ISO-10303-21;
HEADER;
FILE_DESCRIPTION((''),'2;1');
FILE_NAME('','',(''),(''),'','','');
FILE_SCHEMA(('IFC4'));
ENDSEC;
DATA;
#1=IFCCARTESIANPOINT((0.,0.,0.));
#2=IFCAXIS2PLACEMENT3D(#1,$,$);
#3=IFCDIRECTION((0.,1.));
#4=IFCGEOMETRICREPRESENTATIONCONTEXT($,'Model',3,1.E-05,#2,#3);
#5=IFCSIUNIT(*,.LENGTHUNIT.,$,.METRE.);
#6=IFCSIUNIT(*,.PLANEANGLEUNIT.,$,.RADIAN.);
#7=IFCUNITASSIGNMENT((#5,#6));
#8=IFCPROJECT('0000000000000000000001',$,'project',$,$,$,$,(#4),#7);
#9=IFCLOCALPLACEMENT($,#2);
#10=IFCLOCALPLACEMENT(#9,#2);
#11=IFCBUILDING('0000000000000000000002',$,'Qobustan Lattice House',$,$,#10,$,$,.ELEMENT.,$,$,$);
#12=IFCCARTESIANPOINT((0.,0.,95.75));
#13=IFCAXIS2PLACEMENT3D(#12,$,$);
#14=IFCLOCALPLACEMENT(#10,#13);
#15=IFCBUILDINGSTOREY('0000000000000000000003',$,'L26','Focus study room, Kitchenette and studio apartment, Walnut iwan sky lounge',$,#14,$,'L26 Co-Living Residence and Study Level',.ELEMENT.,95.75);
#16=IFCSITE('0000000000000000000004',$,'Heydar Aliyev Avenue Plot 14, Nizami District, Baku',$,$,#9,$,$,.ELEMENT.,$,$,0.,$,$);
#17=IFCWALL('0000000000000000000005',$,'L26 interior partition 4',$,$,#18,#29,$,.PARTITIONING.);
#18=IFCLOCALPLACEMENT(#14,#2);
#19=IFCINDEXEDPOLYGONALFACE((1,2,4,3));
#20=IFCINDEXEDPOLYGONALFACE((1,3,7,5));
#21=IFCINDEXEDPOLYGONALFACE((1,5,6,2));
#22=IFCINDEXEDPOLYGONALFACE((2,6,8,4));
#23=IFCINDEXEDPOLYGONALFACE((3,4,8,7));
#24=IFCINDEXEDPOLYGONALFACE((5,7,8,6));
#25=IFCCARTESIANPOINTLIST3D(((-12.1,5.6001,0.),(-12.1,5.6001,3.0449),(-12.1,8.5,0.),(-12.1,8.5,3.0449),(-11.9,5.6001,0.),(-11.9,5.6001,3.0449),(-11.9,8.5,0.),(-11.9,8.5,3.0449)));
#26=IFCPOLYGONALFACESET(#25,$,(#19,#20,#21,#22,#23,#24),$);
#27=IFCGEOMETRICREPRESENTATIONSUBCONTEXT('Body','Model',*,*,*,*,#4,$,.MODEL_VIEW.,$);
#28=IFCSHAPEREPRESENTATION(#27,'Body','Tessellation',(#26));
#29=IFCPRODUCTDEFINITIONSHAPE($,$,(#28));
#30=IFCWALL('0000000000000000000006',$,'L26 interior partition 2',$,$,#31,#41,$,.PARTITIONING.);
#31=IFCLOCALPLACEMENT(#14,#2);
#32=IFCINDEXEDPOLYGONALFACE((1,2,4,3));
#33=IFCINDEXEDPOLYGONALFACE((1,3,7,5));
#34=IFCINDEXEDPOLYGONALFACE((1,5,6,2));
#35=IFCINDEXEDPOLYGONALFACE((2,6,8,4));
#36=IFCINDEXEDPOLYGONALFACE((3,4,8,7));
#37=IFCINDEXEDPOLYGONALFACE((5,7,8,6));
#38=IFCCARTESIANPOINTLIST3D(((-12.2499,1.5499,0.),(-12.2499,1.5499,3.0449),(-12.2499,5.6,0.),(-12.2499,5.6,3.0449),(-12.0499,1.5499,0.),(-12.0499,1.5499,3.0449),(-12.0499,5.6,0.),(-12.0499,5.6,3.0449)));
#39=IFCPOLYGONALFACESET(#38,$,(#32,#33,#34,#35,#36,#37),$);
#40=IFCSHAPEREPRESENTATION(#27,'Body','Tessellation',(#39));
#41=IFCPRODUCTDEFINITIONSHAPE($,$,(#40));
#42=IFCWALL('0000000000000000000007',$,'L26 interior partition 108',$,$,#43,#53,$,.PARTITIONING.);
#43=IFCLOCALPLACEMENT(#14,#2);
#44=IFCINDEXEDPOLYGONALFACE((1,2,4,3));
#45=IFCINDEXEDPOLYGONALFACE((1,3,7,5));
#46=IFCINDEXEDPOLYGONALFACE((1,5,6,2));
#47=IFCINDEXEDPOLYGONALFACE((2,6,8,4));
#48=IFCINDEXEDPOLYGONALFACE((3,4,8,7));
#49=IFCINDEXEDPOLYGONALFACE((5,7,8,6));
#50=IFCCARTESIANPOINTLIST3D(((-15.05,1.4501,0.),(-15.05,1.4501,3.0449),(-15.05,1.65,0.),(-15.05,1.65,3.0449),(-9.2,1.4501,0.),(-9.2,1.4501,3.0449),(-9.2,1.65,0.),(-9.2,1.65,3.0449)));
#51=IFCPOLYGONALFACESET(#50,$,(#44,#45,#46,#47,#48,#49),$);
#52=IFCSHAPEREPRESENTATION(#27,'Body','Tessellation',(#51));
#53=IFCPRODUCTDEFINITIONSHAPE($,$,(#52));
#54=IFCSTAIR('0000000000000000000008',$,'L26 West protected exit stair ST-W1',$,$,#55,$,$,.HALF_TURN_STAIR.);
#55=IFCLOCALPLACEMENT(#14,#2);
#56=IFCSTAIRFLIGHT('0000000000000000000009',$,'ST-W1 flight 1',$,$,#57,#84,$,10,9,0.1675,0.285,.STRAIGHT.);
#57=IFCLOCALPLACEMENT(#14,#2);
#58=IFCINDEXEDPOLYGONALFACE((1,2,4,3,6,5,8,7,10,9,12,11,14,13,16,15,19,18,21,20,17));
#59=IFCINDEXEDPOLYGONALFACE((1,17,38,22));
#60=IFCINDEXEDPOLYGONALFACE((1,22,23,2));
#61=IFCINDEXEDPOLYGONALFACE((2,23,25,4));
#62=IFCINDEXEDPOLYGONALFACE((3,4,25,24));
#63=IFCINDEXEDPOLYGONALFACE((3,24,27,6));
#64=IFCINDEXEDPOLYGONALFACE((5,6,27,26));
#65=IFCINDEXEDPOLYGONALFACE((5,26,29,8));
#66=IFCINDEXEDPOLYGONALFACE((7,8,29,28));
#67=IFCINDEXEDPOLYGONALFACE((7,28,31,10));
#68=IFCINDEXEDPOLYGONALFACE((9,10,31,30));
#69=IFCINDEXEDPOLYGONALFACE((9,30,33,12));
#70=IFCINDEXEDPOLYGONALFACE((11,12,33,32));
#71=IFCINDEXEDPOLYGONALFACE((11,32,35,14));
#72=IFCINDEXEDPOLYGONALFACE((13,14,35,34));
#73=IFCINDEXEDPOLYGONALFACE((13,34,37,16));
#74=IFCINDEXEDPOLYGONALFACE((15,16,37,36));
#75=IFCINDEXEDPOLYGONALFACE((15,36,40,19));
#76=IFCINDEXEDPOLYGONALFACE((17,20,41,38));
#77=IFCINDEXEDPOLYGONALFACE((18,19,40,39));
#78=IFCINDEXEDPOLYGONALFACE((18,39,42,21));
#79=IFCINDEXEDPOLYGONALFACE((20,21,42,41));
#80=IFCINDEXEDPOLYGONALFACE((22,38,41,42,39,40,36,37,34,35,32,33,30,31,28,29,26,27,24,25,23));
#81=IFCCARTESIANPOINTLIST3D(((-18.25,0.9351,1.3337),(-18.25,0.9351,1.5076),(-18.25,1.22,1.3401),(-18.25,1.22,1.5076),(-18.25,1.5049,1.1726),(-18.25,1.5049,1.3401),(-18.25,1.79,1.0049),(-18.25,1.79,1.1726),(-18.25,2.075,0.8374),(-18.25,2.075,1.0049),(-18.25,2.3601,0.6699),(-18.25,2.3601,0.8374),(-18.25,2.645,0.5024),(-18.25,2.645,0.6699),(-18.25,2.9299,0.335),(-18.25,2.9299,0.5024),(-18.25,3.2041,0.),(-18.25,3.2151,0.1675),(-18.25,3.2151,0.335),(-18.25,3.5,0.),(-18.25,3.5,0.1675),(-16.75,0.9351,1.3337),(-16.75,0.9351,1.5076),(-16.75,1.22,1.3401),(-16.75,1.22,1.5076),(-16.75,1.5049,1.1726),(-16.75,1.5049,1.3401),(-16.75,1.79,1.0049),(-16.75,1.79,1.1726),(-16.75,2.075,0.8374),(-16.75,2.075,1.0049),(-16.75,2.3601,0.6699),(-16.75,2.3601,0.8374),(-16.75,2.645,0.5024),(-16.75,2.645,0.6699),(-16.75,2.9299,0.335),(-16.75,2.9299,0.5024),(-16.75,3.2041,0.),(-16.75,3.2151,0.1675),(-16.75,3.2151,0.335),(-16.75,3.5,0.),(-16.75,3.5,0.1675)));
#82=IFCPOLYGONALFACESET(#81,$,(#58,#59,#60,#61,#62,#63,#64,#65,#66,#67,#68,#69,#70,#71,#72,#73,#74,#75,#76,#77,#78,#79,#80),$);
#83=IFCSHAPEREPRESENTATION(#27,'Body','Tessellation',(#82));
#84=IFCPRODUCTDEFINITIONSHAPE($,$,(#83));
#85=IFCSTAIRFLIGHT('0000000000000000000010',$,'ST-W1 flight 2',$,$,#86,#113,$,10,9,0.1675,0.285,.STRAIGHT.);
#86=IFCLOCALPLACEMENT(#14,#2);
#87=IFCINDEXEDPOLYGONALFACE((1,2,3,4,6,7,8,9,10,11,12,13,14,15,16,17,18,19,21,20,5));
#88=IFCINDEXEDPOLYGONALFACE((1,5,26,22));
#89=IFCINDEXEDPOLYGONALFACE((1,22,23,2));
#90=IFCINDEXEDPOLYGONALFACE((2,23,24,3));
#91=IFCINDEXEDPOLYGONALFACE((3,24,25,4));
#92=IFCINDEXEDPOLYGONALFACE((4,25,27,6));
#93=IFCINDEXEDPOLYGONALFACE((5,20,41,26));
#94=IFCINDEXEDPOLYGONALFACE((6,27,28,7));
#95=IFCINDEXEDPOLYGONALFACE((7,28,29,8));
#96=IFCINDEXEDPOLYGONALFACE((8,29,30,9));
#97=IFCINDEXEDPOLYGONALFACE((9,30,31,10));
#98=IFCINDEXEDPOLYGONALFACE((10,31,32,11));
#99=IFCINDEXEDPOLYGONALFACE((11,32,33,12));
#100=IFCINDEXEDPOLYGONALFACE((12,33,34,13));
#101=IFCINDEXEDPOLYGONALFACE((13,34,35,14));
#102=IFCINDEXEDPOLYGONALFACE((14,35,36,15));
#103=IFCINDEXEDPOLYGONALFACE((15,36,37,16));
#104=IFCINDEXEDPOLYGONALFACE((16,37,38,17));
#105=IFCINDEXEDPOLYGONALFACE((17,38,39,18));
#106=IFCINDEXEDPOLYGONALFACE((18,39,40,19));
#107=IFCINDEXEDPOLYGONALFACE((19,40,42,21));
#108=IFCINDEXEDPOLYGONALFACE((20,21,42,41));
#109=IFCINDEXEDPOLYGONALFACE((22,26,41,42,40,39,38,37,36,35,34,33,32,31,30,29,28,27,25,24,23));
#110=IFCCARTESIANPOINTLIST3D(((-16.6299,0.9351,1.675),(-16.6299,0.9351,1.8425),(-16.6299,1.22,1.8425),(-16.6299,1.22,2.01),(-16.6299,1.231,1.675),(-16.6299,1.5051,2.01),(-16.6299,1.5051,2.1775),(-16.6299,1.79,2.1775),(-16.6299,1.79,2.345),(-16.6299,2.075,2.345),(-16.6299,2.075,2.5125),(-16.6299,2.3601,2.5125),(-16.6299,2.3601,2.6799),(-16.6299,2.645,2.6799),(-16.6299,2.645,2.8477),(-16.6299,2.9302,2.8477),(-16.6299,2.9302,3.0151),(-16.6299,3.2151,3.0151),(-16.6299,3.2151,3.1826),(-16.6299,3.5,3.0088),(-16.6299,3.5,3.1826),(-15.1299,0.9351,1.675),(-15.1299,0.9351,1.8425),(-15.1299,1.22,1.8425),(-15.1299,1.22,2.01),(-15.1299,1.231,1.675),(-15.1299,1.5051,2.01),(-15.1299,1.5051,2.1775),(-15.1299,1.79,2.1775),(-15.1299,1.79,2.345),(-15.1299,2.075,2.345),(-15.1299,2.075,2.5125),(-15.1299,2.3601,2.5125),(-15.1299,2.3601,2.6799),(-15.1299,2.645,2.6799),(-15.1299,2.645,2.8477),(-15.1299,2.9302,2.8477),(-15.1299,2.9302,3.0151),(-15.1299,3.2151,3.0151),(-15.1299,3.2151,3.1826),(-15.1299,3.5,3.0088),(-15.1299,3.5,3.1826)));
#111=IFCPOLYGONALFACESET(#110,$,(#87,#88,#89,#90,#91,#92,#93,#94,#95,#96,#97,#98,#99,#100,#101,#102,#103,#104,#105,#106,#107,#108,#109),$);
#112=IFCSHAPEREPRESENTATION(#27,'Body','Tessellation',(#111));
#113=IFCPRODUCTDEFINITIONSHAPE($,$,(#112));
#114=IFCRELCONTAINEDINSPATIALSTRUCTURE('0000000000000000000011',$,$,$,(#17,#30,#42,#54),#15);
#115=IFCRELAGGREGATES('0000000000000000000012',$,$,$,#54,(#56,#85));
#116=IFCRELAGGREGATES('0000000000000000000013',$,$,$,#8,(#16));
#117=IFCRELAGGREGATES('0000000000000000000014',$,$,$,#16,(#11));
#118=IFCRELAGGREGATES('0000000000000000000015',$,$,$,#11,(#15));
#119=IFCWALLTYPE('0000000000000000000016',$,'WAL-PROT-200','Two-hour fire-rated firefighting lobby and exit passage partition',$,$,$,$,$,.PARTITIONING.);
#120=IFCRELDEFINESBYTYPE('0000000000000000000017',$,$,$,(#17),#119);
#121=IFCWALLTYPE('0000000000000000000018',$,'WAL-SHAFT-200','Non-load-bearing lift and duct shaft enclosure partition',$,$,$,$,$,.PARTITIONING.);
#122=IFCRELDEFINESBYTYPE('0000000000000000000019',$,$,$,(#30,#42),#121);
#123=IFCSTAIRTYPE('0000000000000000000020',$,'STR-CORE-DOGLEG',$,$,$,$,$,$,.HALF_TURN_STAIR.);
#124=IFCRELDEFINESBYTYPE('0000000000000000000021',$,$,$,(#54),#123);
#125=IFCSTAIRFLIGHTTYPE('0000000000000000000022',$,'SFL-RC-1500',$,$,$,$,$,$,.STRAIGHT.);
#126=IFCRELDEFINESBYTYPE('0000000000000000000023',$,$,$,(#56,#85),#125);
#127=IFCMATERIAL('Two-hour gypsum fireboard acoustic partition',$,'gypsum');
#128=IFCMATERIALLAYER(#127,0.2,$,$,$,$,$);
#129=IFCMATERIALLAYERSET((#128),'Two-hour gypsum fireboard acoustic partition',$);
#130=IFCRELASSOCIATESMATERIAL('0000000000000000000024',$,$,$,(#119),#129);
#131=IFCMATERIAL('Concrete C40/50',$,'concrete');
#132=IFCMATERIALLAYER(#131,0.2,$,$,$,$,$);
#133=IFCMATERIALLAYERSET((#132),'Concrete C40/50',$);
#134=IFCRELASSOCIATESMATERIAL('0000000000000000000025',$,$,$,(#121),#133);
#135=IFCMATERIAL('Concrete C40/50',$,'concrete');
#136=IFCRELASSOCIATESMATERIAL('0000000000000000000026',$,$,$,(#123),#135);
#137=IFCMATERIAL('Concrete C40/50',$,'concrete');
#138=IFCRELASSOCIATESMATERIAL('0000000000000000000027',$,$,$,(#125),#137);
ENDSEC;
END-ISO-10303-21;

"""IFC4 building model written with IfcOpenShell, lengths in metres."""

from ifc_helpers import new_model, si_unit, direction, frame, frame_2d, origin, place, context, subcontext, project, spatial, polyline, rectangle, outline, extrude, material, layer, layer_set, type_object, element, aggregate, save


model = new_model("IFC4")

# Units and contexts
model_context = context("Model", 3, precision=1e-05, world=origin(), true_north=direction((0.0, 1.0)))
body_context = subcontext(model_context, "Body", "Model", "MODEL_VIEW")
ifc_project = project(units=[si_unit("LENGTHUNIT", "METRE"), si_unit("PLANEANGLEUNIT", "RADIAN")], contexts=[model_context])

# Site, building, storey
site_placement = place(None, origin())
site = spatial("IfcSite", under=ifc_project, at=site_placement, Name="Heydar Aliyev Avenue Plot 14, Nizami District, Baku", CompositionType="ELEMENT", RefElevation=0.0)
building_placement = place(site_placement, origin())
building = spatial("IfcBuilding", under=site, at=building_placement, Name="Qobustan Lattice House", CompositionType="ELEMENT")
storey_placement = place(building_placement, frame((0.0, 0.0, 95.75)))
storey = spatial("IfcBuildingStorey", under=building, at=storey_placement, Name="L26", Description="Focus study room, Kitchenette and studio apartment, Walnut iwan sky lounge", LongName="L26 Co-Living Residence and Study Level", CompositionType="ELEMENT", Elevation=95.75)

# Shared definitions
ifc_material_1 = material(Name="Two-hour gypsum fireboard acoustic partition", Category="gypsum")
ifc_layer_1 = layer(ifc_material_1, 0.2)
ifc_layer_set_1 = layer_set([ifc_layer_1], Name="Two-hour gypsum fireboard acoustic partition")
wall_type_1 = type_object("IfcWallType", Name="WAL-PROT-200", Description="Two-hour fire-rated firefighting lobby and exit passage partition", PredefinedType="PARTITIONING", material=ifc_layer_set_1)

# Walls
wall_1_placement = place(storey_placement, frame((-12.0, 5.6001, 0.0), z_axis=(0.0, 0.0, 1.0), x_axis=(0.0, 1.0, 0.0)))
element("IfcWall", 1, at=wall_1_placement, inside=storey, type_object=wall_type_1, Name="L26 interior partition 4", PredefinedType="PARTITIONING", context=body_context, shape_type="SweptSolid", body=[
    extrude(rectangle(XDim=2.8999, YDim=0.2, at=frame_2d((1.45, 0.0))), origin(), (0.0, 0.0, 1.0), 3.0449),
])
ifc_material_2 = material(Name="Concrete C40/50", Category="concrete")
ifc_layer_2 = layer(ifc_material_2, 0.2)
ifc_layer_set_2 = layer_set([ifc_layer_2], Name="Concrete C40/50")
wall_type_2 = type_object("IfcWallType", Name="WAL-SHAFT-200", Description="Non-load-bearing lift and duct shaft enclosure partition", PredefinedType="PARTITIONING", material=ifc_layer_set_2)
wall_2_placement = place(storey_placement, frame((-12.1499, 1.55, 0.0), z_axis=(0.0, 0.0, 1.0), x_axis=(0.0, 1.0, 0.0)))
element("IfcWall", 2, at=wall_2_placement, inside=storey, type_object=wall_type_2, Name="L26 interior partition 2", PredefinedType="PARTITIONING", context=body_context, shape_type="SweptSolid", body=[
    extrude(rectangle(XDim=4.05, YDim=0.2, at=frame_2d((2.0249, 0.0))), origin(), (0.0, 0.0, 1.0), 3.0449),
])
wall_3_placement = place(storey_placement, frame((-15.05, 1.55, 0.0), z_axis=(0.0, 0.0, 1.0), x_axis=(1.0, 0.0, 0.0)))
element("IfcWall", 3, at=wall_3_placement, inside=storey, type_object=wall_type_2, Name="L26 interior partition 108", PredefinedType="PARTITIONING", context=body_context, shape_type="SweptSolid", body=[
    extrude(rectangle(XDim=5.8501, YDim=0.2, at=frame_2d((2.925, 0.0))), origin(), (0.0, 0.0, 1.0), 3.0449),
])

# Stair, stair flights
ifc_material_3 = material(Name="Concrete C40/50", Category="concrete")
stair_type = type_object("IfcStairType", Name="STR-CORE-DOGLEG", PredefinedType="HALF_TURN_STAIR", material=ifc_material_3)
stair_placement = place(storey_placement, origin())
stair = element("IfcStair", 4, at=stair_placement, inside=storey, type_object=stair_type, Name="L26 West protected exit stair ST-W1", PredefinedType="HALF_TURN_STAIR")
ifc_material_4 = material(Name="Concrete C40/50", Category="concrete")
stair_flight_type = type_object("IfcStairFlightType", Name="SFL-RC-1500", PredefinedType="STRAIGHT", material=ifc_material_4)
stair_flight_1_placement = place(storey_placement, frame((-17.5, 3.5, 0.0), z_axis=(0.0, 0.0, 1.0), x_axis=(0.0, -1.0, 0.0)))
stair_flight_1 = element("IfcStairFlight", 5, at=stair_flight_1_placement, type_object=stair_flight_type, Name="ST-W1 flight 1", NumberOfRisers=10, NumberOfTreads=9, PredefinedType="STRAIGHT", RiserHeight=0.1675, TreadLength=0.285, context=body_context, shape_type="SweptSolid", body=[
    extrude(outline(polyline([(0.0, 0.0), (0.0, 0.1675), (0.2849, 0.1675), (0.2849, 0.335), (0.5701, 0.335), (0.5701, 0.5024), (0.855, 0.5024), (0.855, 0.6699), (1.1399, 0.6699), (1.1399, 0.8374), (1.425, 0.8374), (1.425, 1.0049), (1.71, 1.0049), (1.71, 1.1726), (1.9951, 1.1726), (1.9951, 1.3401), (2.28, 1.3401), (2.28, 1.5076), (2.5649, 1.5076), (2.5649, 1.675), (2.5649, 1.3337), (0.2959, 0.0), (0.0, 0.0)])), frame((0.0, 0.75, 0.0), z_axis=(0.0, -1.0, 0.0), x_axis=(1.0, 0.0, 0.0)), (0.0, 0.0, 1.0), 1.5),
])
stair_flight_2_placement = place(storey_placement, frame((-15.8799, 0.9351, 1.675), z_axis=(0.0, 0.0, 1.0), x_axis=(0.0, 1.0, 0.0)))
stair_flight_2 = element("IfcStairFlight", 6, at=stair_flight_2_placement, type_object=stair_flight_type, Name="ST-W1 flight 2", NumberOfRisers=10, NumberOfTreads=9, PredefinedType="STRAIGHT", RiserHeight=0.1675, TreadLength=0.285, context=body_context, shape_type="SweptSolid", body=[
    extrude(outline(polyline([(0.0, 0.0), (0.0, 0.1675), (0.2849, 0.1675), (0.2849, 0.335), (0.5701, 0.335), (0.5701, 0.5024), (0.855, 0.5024), (0.855, 0.6699), (1.1399, 0.6699), (1.1399, 0.8374), (1.425, 0.8374), (1.425, 1.0049), (1.71, 1.0049), (1.71, 1.1726), (1.9951, 1.1726), (1.9951, 1.3401), (2.28, 1.3401), (2.28, 1.5076), (2.5649, 1.5076), (2.5649, 1.675), (2.5649, 1.3337), (0.2959, 0.0), (0.0, 0.0)])), frame((0.0, 0.75, 0.0), z_axis=(0.0, -1.0, 0.0), x_axis=(1.0, 0.0, 0.0)), (0.0, 0.0, 1.0), 1.5),
])
aggregate(stair, [stair_flight_1, stair_flight_2])

save(model, "model.ifc")
